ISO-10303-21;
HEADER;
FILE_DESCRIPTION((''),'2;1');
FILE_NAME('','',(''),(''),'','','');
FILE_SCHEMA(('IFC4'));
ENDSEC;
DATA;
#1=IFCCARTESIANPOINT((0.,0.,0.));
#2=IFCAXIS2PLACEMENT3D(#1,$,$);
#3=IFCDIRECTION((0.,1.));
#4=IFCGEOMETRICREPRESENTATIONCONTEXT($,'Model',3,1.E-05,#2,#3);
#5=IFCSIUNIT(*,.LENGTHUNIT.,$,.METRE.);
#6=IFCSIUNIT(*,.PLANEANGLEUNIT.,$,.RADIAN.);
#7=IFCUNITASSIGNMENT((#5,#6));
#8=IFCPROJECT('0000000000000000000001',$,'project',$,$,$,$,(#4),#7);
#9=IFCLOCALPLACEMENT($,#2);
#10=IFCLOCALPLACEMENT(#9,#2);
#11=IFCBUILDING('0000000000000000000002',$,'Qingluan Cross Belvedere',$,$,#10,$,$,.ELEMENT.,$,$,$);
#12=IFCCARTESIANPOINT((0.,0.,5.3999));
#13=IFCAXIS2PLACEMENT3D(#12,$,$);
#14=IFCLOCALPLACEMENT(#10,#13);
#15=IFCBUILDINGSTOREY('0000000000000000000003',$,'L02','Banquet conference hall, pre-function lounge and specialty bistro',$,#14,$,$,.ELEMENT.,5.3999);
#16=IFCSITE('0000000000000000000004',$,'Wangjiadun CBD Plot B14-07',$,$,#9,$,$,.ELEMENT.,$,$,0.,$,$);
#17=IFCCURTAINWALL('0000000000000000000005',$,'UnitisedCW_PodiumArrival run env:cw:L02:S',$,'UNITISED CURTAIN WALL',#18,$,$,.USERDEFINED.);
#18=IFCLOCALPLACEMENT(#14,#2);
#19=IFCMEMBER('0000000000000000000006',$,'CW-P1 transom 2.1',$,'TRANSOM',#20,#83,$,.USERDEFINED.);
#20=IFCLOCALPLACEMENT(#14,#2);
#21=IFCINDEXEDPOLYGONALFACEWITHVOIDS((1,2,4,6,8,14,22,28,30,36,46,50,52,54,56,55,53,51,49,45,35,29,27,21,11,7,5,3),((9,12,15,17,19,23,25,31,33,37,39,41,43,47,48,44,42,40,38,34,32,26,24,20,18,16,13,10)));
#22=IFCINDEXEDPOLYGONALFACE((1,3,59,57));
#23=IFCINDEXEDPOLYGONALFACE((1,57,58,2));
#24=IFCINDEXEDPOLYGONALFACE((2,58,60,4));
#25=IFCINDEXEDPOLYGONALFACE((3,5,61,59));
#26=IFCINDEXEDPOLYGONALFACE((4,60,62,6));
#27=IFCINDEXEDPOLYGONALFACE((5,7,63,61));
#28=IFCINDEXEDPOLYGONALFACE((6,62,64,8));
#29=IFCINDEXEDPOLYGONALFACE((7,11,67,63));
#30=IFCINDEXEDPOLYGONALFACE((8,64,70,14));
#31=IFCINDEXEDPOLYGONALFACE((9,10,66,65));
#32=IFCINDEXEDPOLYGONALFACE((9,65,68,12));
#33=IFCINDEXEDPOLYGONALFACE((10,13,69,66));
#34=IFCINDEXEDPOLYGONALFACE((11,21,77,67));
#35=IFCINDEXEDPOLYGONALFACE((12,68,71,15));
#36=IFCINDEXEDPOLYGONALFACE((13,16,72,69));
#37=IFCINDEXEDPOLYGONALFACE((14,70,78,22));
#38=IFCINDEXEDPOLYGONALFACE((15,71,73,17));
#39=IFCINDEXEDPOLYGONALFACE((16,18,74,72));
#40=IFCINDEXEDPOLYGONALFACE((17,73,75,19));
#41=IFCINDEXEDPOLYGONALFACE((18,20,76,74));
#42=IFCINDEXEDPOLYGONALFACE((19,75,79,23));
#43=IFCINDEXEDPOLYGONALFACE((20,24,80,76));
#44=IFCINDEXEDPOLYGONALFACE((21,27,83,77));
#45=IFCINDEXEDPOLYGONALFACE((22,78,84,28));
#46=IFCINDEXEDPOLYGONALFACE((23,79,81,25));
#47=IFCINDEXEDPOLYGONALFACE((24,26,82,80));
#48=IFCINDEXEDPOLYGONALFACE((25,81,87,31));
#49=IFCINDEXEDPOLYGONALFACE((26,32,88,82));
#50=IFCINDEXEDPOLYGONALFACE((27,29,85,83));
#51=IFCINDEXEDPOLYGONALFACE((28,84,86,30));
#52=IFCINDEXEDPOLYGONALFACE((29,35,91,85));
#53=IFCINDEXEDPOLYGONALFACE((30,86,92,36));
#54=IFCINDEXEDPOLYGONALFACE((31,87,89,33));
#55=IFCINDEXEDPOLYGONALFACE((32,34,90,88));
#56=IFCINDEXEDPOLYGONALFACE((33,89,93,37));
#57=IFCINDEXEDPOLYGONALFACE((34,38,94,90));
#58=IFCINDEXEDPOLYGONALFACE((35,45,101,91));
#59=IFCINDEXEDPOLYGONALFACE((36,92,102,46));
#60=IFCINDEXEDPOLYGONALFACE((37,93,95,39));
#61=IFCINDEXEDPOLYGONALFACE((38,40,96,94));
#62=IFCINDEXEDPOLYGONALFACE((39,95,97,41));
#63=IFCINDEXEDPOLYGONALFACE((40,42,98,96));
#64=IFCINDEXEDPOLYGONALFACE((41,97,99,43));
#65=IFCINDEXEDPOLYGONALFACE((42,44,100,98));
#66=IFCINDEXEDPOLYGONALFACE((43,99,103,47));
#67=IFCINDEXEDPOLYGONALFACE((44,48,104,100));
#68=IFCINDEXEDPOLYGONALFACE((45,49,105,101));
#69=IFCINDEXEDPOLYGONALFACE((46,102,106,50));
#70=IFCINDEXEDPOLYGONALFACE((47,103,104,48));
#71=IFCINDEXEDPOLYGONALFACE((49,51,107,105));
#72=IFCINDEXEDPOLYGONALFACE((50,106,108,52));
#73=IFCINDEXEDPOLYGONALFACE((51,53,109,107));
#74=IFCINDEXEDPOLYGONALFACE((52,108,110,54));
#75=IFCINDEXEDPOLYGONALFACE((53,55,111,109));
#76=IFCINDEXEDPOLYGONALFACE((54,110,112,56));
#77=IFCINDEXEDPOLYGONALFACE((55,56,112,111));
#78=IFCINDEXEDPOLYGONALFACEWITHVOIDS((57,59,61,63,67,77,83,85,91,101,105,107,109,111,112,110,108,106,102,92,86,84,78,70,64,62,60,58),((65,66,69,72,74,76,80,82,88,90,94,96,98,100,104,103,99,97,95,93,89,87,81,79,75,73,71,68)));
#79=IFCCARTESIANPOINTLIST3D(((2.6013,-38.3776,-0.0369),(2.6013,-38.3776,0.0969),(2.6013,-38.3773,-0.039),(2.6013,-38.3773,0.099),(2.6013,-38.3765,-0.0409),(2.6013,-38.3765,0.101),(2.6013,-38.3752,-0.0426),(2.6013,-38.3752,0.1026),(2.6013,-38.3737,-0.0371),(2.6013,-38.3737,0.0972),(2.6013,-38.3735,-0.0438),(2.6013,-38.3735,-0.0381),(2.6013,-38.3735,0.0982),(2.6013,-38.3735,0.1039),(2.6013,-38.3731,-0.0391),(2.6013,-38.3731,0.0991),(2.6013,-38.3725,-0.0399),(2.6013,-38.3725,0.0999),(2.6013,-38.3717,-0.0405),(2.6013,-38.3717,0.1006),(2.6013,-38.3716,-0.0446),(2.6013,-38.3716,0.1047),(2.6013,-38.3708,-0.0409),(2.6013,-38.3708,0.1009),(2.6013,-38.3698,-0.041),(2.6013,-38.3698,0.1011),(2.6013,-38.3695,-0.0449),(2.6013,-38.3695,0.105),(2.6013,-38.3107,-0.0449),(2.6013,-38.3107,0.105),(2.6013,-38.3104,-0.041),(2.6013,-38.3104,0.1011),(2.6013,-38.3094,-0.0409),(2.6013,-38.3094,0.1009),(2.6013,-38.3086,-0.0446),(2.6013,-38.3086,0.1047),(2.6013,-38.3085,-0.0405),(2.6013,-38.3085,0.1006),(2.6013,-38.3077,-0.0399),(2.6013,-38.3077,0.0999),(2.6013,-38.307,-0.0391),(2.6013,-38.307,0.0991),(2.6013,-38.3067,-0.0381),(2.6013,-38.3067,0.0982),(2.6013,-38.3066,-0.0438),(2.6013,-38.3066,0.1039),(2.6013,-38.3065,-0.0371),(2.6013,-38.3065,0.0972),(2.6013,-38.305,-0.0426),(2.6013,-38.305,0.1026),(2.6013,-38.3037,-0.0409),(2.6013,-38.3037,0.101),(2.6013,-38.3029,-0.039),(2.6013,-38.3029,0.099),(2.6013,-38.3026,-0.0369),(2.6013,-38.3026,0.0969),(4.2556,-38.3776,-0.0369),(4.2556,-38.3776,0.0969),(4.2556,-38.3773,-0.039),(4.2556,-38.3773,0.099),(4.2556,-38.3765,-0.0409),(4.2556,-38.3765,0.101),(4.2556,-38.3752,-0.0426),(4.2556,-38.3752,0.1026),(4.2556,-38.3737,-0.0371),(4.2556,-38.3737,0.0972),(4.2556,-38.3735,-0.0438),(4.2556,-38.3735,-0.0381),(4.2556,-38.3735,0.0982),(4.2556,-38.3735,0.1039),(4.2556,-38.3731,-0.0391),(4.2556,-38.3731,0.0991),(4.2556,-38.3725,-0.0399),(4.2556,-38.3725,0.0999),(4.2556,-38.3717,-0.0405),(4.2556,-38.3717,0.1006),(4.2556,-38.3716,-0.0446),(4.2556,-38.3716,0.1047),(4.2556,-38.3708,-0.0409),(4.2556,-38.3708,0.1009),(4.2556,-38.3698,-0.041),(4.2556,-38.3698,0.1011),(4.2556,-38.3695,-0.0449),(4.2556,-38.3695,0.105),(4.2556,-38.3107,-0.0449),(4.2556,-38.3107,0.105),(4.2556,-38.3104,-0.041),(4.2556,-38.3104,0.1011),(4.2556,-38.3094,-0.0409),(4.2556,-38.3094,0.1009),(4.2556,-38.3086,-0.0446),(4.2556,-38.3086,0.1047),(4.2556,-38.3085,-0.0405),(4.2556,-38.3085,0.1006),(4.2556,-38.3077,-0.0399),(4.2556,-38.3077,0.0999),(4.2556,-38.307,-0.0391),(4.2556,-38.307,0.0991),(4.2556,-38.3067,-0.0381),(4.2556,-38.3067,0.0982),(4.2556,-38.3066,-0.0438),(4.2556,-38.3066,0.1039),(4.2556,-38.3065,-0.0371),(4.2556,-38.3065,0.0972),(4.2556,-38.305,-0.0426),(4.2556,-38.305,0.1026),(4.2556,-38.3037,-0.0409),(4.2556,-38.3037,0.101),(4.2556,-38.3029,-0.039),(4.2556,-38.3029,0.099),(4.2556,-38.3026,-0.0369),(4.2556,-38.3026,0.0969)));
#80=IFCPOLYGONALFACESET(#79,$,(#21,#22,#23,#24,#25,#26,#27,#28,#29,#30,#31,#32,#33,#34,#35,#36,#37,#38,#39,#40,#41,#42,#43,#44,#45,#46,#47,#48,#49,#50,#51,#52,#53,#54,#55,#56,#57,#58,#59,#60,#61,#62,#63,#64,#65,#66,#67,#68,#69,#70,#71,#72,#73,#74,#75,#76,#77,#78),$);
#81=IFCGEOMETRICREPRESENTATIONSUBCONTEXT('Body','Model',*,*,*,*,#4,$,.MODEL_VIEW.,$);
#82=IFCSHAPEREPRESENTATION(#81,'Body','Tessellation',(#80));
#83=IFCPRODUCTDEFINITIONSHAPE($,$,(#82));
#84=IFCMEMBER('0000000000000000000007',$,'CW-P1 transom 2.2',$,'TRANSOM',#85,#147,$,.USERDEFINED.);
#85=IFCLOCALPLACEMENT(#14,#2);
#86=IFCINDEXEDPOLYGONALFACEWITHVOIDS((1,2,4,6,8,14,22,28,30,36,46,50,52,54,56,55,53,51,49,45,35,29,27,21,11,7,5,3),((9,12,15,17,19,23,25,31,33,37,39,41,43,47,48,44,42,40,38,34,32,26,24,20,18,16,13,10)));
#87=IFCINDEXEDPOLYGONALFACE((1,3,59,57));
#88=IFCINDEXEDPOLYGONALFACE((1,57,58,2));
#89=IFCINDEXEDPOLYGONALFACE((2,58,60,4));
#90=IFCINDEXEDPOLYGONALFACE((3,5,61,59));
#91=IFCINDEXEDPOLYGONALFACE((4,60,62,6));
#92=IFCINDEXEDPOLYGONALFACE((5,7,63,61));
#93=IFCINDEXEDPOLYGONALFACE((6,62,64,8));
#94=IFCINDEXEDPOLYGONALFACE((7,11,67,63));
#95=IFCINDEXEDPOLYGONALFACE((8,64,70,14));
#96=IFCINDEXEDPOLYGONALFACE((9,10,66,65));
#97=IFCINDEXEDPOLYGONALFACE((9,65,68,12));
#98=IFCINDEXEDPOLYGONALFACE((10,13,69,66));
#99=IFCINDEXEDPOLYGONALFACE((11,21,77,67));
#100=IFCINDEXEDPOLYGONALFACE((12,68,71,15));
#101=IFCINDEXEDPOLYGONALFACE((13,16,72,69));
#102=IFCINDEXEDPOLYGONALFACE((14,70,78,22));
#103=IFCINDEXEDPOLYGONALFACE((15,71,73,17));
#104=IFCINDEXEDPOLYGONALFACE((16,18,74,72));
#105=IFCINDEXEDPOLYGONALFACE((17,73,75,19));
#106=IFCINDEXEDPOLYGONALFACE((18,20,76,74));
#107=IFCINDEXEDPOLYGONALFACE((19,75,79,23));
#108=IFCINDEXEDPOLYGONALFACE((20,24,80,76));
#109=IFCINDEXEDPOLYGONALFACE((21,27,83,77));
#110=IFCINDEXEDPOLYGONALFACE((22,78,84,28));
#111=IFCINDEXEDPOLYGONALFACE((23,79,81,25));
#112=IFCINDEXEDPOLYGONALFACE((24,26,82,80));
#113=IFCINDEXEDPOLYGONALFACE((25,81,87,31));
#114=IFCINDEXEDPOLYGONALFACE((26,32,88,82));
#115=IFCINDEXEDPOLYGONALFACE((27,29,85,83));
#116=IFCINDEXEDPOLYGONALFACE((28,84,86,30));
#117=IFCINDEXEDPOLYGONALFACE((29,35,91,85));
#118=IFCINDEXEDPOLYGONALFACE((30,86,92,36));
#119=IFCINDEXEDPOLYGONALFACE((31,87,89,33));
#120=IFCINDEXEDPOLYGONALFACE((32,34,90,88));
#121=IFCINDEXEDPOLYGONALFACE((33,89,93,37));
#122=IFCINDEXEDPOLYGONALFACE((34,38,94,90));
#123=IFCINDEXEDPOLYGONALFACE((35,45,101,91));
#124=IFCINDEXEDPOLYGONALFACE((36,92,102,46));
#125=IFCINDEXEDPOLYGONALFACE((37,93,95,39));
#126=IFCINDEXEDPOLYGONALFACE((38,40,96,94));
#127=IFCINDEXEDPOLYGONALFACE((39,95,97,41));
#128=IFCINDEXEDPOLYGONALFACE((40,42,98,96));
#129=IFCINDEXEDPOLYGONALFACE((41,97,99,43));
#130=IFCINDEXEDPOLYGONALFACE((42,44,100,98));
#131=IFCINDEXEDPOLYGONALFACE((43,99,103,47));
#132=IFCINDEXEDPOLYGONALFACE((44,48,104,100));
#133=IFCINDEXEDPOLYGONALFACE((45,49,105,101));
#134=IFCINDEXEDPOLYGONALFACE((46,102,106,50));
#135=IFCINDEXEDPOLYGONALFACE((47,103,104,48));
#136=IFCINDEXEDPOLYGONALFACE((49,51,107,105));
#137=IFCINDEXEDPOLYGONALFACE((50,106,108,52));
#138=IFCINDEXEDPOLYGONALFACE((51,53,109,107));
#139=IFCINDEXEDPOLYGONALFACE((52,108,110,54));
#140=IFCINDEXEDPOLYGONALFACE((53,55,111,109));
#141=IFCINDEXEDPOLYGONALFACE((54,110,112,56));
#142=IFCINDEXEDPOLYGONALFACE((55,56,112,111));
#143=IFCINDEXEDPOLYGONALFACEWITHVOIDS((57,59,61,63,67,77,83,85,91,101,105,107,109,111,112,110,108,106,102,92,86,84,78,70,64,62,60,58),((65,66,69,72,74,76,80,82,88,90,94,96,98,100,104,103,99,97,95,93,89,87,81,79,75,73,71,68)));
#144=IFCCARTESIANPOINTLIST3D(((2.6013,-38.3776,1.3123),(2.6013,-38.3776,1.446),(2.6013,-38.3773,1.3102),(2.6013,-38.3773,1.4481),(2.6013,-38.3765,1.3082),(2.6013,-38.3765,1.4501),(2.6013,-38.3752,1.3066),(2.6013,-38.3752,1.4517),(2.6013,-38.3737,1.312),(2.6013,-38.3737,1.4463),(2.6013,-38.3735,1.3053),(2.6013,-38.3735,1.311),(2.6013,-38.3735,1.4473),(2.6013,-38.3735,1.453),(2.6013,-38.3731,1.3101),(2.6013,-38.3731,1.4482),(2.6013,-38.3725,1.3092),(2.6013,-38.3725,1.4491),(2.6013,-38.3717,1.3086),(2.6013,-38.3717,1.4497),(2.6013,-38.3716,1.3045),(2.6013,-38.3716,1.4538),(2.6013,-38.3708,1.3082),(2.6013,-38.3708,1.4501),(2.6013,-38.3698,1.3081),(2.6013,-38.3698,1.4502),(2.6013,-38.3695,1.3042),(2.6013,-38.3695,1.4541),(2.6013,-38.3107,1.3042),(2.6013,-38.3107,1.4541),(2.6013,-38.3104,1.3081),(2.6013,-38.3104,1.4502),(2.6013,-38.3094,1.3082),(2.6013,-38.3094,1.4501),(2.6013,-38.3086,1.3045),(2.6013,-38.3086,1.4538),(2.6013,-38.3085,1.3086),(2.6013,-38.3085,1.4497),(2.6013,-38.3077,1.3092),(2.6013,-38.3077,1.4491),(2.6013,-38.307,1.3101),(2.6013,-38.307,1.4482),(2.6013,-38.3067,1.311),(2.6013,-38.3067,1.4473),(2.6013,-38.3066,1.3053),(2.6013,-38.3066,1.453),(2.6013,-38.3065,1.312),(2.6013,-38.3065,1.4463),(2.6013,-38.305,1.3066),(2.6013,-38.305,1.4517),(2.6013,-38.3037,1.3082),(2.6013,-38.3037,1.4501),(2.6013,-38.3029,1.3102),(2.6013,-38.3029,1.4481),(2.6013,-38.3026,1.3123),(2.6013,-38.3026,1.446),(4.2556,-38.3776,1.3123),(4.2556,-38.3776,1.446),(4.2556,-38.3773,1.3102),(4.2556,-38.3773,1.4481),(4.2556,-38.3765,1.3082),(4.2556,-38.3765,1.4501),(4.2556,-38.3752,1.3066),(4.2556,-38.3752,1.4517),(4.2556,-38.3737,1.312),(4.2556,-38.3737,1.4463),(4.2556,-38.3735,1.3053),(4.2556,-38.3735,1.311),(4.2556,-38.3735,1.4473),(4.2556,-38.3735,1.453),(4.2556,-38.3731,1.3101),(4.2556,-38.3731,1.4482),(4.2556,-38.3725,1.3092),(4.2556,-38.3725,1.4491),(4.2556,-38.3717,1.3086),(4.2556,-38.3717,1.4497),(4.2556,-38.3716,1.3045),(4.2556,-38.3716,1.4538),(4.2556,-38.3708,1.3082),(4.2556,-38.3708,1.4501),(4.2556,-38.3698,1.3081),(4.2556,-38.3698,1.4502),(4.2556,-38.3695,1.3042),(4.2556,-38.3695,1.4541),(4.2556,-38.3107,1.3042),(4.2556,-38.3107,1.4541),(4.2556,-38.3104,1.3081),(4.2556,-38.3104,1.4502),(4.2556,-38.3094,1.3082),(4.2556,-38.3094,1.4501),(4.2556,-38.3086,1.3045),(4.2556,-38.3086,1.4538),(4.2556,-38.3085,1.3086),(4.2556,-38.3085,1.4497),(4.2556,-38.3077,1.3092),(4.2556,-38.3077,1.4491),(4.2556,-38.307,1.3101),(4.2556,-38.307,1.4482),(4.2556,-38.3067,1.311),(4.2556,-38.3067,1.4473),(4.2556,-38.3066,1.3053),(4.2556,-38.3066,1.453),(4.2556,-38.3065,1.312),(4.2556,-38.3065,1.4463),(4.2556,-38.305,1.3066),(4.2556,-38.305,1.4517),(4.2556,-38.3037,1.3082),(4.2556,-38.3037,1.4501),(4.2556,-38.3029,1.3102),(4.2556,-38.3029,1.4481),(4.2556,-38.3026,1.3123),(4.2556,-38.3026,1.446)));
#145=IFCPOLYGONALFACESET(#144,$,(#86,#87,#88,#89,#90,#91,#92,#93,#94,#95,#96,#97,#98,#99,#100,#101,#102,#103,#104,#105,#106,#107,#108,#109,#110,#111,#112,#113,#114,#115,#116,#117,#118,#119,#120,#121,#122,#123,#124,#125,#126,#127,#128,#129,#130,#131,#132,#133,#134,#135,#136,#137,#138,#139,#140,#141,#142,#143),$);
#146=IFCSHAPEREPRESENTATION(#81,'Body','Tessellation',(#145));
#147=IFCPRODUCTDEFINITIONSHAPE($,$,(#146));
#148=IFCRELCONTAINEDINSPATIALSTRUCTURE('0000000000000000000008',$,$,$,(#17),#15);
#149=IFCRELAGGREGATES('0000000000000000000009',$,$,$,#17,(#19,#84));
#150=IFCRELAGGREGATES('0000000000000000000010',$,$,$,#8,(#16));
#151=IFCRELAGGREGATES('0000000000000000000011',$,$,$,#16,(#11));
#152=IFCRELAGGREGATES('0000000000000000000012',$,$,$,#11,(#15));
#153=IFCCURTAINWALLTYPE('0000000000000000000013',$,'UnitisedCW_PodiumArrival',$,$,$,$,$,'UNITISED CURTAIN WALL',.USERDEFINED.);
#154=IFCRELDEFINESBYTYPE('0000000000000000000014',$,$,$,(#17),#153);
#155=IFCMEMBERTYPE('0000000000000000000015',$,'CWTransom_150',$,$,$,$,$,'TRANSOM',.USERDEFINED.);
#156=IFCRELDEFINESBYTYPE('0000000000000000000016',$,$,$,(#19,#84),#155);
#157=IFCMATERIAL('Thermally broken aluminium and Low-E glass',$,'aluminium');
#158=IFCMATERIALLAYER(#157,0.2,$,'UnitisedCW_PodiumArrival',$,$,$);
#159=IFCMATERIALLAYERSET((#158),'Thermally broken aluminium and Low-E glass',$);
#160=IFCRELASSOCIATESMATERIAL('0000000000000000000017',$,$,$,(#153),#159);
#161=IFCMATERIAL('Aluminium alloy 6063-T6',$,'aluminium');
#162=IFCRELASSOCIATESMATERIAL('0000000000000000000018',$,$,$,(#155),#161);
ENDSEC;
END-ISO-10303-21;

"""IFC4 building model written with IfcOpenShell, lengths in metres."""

from ifc_helpers import new_model, si_unit, direction, frame, origin, origin_2d, place, context, subcontext, project, spatial, hollow_rectangle, extrude, material, layer, layer_set, material_profile, profile_set, type_object, element, aggregate, save


model = new_model("IFC4")

# Units and contexts
model_context = context("Model", 3, precision=1e-05, world=origin(), true_north=direction((0.0, 1.0)))
body_context = subcontext(model_context, "Body", "Model", "MODEL_VIEW")
ifc_project = project(units=[si_unit("LENGTHUNIT", "METRE"), si_unit("PLANEANGLEUNIT", "RADIAN")], contexts=[model_context])

# Site, building, storey
site_placement = place(None, origin())
site = spatial("IfcSite", under=ifc_project, at=site_placement, Name="Wangjiadun CBD Plot B14-07", CompositionType="ELEMENT", RefElevation=0.0)
building_placement = place(site_placement, origin())
building = spatial("IfcBuilding", under=site, at=building_placement, Name="Qingluan Cross Belvedere", CompositionType="ELEMENT")
storey_placement = place(building_placement, frame((0.0, 0.0, 5.3999)))
storey = spatial("IfcBuildingStorey", under=building, at=storey_placement, Name="L02", Description="Banquet conference hall, pre-function lounge and specialty bistro", CompositionType="ELEMENT", Elevation=5.3999)

# Curtain wall, members
ifc_material_1 = material(Name="Thermally broken aluminium and Low-E glass", Category="aluminium")
ifc_layer_1 = layer(ifc_material_1, 0.2, Name="UnitisedCW_PodiumArrival")
ifc_layer_set_1 = layer_set([ifc_layer_1], Name="Thermally broken aluminium and Low-E glass")
curtain_wall_type = type_object("IfcCurtainWallType", Name="UnitisedCW_PodiumArrival", ElementType="UNITISED CURTAIN WALL", PredefinedType="USERDEFINED", material=ifc_layer_set_1)
curtain_wall_placement = place(storey_placement, origin())
curtain_wall = element("IfcCurtainWall", 1, at=curtain_wall_placement, inside=storey, type_object=curtain_wall_type, Name="UnitisedCW_PodiumArrival run env:cw:L02:S", ObjectType="UNITISED CURTAIN WALL", PredefinedType="USERDEFINED")
ifc_material_2 = material(Name="Aluminium alloy 6063-T6", Category="aluminium")
ifc_material_profile_1 = material_profile(ifc_material_2, hollow_rectangle(XDim=0.075, YDim=0.1499, WallThickness=0.0039, InnerFilletRadius=0.0039, OuterFilletRadius=0.0081, at=origin_2d()), Name="CWT150x75x4")
ifc_profile_set_1 = profile_set([ifc_material_profile_1], Name="Aluminium alloy 6063-T6")
member_type_1 = type_object("IfcMemberType", Name="CWTransom_150", ElementType="TRANSOM", PredefinedType="USERDEFINED", material=ifc_profile_set_1)
member_1_placement = place(storey_placement, frame((4.2556, -38.3401, 0.03), z_axis=(-1.0, 0.0, 0.0), x_axis=(0.0, -1.0, 0.0)))
member_1 = element("IfcMember", 2, at=member_1_placement, type_object=member_type_1, Name="CW-P1 transom 2.1", ObjectType="TRANSOM", PredefinedType="USERDEFINED", context=body_context, shape_type="SweptSolid", body=[
    extrude(hollow_rectangle(XDim=0.075, YDim=0.1499, WallThickness=0.0039, InnerFilletRadius=0.0039, OuterFilletRadius=0.0081, at=origin_2d()), origin(), (0.0, 0.0, 1.0), 1.6543),
])
member_2_placement = place(storey_placement, frame((4.2556, -38.3401, 1.3792), z_axis=(-1.0, 0.0, 0.0), x_axis=(0.0, -1.0, 0.0)))
member_2 = element("IfcMember", 3, at=member_2_placement, type_object=member_type_1, Name="CW-P1 transom 2.2", ObjectType="TRANSOM", PredefinedType="USERDEFINED", context=body_context, shape_type="SweptSolid", body=[
    extrude(hollow_rectangle(XDim=0.075, YDim=0.1499, WallThickness=0.0039, InnerFilletRadius=0.0039, OuterFilletRadius=0.0081, at=origin_2d()), origin(), (0.0, 0.0, 1.0), 1.6543),
])
aggregate(curtain_wall, [member_1, member_2])

save(model, "model.ifc")
